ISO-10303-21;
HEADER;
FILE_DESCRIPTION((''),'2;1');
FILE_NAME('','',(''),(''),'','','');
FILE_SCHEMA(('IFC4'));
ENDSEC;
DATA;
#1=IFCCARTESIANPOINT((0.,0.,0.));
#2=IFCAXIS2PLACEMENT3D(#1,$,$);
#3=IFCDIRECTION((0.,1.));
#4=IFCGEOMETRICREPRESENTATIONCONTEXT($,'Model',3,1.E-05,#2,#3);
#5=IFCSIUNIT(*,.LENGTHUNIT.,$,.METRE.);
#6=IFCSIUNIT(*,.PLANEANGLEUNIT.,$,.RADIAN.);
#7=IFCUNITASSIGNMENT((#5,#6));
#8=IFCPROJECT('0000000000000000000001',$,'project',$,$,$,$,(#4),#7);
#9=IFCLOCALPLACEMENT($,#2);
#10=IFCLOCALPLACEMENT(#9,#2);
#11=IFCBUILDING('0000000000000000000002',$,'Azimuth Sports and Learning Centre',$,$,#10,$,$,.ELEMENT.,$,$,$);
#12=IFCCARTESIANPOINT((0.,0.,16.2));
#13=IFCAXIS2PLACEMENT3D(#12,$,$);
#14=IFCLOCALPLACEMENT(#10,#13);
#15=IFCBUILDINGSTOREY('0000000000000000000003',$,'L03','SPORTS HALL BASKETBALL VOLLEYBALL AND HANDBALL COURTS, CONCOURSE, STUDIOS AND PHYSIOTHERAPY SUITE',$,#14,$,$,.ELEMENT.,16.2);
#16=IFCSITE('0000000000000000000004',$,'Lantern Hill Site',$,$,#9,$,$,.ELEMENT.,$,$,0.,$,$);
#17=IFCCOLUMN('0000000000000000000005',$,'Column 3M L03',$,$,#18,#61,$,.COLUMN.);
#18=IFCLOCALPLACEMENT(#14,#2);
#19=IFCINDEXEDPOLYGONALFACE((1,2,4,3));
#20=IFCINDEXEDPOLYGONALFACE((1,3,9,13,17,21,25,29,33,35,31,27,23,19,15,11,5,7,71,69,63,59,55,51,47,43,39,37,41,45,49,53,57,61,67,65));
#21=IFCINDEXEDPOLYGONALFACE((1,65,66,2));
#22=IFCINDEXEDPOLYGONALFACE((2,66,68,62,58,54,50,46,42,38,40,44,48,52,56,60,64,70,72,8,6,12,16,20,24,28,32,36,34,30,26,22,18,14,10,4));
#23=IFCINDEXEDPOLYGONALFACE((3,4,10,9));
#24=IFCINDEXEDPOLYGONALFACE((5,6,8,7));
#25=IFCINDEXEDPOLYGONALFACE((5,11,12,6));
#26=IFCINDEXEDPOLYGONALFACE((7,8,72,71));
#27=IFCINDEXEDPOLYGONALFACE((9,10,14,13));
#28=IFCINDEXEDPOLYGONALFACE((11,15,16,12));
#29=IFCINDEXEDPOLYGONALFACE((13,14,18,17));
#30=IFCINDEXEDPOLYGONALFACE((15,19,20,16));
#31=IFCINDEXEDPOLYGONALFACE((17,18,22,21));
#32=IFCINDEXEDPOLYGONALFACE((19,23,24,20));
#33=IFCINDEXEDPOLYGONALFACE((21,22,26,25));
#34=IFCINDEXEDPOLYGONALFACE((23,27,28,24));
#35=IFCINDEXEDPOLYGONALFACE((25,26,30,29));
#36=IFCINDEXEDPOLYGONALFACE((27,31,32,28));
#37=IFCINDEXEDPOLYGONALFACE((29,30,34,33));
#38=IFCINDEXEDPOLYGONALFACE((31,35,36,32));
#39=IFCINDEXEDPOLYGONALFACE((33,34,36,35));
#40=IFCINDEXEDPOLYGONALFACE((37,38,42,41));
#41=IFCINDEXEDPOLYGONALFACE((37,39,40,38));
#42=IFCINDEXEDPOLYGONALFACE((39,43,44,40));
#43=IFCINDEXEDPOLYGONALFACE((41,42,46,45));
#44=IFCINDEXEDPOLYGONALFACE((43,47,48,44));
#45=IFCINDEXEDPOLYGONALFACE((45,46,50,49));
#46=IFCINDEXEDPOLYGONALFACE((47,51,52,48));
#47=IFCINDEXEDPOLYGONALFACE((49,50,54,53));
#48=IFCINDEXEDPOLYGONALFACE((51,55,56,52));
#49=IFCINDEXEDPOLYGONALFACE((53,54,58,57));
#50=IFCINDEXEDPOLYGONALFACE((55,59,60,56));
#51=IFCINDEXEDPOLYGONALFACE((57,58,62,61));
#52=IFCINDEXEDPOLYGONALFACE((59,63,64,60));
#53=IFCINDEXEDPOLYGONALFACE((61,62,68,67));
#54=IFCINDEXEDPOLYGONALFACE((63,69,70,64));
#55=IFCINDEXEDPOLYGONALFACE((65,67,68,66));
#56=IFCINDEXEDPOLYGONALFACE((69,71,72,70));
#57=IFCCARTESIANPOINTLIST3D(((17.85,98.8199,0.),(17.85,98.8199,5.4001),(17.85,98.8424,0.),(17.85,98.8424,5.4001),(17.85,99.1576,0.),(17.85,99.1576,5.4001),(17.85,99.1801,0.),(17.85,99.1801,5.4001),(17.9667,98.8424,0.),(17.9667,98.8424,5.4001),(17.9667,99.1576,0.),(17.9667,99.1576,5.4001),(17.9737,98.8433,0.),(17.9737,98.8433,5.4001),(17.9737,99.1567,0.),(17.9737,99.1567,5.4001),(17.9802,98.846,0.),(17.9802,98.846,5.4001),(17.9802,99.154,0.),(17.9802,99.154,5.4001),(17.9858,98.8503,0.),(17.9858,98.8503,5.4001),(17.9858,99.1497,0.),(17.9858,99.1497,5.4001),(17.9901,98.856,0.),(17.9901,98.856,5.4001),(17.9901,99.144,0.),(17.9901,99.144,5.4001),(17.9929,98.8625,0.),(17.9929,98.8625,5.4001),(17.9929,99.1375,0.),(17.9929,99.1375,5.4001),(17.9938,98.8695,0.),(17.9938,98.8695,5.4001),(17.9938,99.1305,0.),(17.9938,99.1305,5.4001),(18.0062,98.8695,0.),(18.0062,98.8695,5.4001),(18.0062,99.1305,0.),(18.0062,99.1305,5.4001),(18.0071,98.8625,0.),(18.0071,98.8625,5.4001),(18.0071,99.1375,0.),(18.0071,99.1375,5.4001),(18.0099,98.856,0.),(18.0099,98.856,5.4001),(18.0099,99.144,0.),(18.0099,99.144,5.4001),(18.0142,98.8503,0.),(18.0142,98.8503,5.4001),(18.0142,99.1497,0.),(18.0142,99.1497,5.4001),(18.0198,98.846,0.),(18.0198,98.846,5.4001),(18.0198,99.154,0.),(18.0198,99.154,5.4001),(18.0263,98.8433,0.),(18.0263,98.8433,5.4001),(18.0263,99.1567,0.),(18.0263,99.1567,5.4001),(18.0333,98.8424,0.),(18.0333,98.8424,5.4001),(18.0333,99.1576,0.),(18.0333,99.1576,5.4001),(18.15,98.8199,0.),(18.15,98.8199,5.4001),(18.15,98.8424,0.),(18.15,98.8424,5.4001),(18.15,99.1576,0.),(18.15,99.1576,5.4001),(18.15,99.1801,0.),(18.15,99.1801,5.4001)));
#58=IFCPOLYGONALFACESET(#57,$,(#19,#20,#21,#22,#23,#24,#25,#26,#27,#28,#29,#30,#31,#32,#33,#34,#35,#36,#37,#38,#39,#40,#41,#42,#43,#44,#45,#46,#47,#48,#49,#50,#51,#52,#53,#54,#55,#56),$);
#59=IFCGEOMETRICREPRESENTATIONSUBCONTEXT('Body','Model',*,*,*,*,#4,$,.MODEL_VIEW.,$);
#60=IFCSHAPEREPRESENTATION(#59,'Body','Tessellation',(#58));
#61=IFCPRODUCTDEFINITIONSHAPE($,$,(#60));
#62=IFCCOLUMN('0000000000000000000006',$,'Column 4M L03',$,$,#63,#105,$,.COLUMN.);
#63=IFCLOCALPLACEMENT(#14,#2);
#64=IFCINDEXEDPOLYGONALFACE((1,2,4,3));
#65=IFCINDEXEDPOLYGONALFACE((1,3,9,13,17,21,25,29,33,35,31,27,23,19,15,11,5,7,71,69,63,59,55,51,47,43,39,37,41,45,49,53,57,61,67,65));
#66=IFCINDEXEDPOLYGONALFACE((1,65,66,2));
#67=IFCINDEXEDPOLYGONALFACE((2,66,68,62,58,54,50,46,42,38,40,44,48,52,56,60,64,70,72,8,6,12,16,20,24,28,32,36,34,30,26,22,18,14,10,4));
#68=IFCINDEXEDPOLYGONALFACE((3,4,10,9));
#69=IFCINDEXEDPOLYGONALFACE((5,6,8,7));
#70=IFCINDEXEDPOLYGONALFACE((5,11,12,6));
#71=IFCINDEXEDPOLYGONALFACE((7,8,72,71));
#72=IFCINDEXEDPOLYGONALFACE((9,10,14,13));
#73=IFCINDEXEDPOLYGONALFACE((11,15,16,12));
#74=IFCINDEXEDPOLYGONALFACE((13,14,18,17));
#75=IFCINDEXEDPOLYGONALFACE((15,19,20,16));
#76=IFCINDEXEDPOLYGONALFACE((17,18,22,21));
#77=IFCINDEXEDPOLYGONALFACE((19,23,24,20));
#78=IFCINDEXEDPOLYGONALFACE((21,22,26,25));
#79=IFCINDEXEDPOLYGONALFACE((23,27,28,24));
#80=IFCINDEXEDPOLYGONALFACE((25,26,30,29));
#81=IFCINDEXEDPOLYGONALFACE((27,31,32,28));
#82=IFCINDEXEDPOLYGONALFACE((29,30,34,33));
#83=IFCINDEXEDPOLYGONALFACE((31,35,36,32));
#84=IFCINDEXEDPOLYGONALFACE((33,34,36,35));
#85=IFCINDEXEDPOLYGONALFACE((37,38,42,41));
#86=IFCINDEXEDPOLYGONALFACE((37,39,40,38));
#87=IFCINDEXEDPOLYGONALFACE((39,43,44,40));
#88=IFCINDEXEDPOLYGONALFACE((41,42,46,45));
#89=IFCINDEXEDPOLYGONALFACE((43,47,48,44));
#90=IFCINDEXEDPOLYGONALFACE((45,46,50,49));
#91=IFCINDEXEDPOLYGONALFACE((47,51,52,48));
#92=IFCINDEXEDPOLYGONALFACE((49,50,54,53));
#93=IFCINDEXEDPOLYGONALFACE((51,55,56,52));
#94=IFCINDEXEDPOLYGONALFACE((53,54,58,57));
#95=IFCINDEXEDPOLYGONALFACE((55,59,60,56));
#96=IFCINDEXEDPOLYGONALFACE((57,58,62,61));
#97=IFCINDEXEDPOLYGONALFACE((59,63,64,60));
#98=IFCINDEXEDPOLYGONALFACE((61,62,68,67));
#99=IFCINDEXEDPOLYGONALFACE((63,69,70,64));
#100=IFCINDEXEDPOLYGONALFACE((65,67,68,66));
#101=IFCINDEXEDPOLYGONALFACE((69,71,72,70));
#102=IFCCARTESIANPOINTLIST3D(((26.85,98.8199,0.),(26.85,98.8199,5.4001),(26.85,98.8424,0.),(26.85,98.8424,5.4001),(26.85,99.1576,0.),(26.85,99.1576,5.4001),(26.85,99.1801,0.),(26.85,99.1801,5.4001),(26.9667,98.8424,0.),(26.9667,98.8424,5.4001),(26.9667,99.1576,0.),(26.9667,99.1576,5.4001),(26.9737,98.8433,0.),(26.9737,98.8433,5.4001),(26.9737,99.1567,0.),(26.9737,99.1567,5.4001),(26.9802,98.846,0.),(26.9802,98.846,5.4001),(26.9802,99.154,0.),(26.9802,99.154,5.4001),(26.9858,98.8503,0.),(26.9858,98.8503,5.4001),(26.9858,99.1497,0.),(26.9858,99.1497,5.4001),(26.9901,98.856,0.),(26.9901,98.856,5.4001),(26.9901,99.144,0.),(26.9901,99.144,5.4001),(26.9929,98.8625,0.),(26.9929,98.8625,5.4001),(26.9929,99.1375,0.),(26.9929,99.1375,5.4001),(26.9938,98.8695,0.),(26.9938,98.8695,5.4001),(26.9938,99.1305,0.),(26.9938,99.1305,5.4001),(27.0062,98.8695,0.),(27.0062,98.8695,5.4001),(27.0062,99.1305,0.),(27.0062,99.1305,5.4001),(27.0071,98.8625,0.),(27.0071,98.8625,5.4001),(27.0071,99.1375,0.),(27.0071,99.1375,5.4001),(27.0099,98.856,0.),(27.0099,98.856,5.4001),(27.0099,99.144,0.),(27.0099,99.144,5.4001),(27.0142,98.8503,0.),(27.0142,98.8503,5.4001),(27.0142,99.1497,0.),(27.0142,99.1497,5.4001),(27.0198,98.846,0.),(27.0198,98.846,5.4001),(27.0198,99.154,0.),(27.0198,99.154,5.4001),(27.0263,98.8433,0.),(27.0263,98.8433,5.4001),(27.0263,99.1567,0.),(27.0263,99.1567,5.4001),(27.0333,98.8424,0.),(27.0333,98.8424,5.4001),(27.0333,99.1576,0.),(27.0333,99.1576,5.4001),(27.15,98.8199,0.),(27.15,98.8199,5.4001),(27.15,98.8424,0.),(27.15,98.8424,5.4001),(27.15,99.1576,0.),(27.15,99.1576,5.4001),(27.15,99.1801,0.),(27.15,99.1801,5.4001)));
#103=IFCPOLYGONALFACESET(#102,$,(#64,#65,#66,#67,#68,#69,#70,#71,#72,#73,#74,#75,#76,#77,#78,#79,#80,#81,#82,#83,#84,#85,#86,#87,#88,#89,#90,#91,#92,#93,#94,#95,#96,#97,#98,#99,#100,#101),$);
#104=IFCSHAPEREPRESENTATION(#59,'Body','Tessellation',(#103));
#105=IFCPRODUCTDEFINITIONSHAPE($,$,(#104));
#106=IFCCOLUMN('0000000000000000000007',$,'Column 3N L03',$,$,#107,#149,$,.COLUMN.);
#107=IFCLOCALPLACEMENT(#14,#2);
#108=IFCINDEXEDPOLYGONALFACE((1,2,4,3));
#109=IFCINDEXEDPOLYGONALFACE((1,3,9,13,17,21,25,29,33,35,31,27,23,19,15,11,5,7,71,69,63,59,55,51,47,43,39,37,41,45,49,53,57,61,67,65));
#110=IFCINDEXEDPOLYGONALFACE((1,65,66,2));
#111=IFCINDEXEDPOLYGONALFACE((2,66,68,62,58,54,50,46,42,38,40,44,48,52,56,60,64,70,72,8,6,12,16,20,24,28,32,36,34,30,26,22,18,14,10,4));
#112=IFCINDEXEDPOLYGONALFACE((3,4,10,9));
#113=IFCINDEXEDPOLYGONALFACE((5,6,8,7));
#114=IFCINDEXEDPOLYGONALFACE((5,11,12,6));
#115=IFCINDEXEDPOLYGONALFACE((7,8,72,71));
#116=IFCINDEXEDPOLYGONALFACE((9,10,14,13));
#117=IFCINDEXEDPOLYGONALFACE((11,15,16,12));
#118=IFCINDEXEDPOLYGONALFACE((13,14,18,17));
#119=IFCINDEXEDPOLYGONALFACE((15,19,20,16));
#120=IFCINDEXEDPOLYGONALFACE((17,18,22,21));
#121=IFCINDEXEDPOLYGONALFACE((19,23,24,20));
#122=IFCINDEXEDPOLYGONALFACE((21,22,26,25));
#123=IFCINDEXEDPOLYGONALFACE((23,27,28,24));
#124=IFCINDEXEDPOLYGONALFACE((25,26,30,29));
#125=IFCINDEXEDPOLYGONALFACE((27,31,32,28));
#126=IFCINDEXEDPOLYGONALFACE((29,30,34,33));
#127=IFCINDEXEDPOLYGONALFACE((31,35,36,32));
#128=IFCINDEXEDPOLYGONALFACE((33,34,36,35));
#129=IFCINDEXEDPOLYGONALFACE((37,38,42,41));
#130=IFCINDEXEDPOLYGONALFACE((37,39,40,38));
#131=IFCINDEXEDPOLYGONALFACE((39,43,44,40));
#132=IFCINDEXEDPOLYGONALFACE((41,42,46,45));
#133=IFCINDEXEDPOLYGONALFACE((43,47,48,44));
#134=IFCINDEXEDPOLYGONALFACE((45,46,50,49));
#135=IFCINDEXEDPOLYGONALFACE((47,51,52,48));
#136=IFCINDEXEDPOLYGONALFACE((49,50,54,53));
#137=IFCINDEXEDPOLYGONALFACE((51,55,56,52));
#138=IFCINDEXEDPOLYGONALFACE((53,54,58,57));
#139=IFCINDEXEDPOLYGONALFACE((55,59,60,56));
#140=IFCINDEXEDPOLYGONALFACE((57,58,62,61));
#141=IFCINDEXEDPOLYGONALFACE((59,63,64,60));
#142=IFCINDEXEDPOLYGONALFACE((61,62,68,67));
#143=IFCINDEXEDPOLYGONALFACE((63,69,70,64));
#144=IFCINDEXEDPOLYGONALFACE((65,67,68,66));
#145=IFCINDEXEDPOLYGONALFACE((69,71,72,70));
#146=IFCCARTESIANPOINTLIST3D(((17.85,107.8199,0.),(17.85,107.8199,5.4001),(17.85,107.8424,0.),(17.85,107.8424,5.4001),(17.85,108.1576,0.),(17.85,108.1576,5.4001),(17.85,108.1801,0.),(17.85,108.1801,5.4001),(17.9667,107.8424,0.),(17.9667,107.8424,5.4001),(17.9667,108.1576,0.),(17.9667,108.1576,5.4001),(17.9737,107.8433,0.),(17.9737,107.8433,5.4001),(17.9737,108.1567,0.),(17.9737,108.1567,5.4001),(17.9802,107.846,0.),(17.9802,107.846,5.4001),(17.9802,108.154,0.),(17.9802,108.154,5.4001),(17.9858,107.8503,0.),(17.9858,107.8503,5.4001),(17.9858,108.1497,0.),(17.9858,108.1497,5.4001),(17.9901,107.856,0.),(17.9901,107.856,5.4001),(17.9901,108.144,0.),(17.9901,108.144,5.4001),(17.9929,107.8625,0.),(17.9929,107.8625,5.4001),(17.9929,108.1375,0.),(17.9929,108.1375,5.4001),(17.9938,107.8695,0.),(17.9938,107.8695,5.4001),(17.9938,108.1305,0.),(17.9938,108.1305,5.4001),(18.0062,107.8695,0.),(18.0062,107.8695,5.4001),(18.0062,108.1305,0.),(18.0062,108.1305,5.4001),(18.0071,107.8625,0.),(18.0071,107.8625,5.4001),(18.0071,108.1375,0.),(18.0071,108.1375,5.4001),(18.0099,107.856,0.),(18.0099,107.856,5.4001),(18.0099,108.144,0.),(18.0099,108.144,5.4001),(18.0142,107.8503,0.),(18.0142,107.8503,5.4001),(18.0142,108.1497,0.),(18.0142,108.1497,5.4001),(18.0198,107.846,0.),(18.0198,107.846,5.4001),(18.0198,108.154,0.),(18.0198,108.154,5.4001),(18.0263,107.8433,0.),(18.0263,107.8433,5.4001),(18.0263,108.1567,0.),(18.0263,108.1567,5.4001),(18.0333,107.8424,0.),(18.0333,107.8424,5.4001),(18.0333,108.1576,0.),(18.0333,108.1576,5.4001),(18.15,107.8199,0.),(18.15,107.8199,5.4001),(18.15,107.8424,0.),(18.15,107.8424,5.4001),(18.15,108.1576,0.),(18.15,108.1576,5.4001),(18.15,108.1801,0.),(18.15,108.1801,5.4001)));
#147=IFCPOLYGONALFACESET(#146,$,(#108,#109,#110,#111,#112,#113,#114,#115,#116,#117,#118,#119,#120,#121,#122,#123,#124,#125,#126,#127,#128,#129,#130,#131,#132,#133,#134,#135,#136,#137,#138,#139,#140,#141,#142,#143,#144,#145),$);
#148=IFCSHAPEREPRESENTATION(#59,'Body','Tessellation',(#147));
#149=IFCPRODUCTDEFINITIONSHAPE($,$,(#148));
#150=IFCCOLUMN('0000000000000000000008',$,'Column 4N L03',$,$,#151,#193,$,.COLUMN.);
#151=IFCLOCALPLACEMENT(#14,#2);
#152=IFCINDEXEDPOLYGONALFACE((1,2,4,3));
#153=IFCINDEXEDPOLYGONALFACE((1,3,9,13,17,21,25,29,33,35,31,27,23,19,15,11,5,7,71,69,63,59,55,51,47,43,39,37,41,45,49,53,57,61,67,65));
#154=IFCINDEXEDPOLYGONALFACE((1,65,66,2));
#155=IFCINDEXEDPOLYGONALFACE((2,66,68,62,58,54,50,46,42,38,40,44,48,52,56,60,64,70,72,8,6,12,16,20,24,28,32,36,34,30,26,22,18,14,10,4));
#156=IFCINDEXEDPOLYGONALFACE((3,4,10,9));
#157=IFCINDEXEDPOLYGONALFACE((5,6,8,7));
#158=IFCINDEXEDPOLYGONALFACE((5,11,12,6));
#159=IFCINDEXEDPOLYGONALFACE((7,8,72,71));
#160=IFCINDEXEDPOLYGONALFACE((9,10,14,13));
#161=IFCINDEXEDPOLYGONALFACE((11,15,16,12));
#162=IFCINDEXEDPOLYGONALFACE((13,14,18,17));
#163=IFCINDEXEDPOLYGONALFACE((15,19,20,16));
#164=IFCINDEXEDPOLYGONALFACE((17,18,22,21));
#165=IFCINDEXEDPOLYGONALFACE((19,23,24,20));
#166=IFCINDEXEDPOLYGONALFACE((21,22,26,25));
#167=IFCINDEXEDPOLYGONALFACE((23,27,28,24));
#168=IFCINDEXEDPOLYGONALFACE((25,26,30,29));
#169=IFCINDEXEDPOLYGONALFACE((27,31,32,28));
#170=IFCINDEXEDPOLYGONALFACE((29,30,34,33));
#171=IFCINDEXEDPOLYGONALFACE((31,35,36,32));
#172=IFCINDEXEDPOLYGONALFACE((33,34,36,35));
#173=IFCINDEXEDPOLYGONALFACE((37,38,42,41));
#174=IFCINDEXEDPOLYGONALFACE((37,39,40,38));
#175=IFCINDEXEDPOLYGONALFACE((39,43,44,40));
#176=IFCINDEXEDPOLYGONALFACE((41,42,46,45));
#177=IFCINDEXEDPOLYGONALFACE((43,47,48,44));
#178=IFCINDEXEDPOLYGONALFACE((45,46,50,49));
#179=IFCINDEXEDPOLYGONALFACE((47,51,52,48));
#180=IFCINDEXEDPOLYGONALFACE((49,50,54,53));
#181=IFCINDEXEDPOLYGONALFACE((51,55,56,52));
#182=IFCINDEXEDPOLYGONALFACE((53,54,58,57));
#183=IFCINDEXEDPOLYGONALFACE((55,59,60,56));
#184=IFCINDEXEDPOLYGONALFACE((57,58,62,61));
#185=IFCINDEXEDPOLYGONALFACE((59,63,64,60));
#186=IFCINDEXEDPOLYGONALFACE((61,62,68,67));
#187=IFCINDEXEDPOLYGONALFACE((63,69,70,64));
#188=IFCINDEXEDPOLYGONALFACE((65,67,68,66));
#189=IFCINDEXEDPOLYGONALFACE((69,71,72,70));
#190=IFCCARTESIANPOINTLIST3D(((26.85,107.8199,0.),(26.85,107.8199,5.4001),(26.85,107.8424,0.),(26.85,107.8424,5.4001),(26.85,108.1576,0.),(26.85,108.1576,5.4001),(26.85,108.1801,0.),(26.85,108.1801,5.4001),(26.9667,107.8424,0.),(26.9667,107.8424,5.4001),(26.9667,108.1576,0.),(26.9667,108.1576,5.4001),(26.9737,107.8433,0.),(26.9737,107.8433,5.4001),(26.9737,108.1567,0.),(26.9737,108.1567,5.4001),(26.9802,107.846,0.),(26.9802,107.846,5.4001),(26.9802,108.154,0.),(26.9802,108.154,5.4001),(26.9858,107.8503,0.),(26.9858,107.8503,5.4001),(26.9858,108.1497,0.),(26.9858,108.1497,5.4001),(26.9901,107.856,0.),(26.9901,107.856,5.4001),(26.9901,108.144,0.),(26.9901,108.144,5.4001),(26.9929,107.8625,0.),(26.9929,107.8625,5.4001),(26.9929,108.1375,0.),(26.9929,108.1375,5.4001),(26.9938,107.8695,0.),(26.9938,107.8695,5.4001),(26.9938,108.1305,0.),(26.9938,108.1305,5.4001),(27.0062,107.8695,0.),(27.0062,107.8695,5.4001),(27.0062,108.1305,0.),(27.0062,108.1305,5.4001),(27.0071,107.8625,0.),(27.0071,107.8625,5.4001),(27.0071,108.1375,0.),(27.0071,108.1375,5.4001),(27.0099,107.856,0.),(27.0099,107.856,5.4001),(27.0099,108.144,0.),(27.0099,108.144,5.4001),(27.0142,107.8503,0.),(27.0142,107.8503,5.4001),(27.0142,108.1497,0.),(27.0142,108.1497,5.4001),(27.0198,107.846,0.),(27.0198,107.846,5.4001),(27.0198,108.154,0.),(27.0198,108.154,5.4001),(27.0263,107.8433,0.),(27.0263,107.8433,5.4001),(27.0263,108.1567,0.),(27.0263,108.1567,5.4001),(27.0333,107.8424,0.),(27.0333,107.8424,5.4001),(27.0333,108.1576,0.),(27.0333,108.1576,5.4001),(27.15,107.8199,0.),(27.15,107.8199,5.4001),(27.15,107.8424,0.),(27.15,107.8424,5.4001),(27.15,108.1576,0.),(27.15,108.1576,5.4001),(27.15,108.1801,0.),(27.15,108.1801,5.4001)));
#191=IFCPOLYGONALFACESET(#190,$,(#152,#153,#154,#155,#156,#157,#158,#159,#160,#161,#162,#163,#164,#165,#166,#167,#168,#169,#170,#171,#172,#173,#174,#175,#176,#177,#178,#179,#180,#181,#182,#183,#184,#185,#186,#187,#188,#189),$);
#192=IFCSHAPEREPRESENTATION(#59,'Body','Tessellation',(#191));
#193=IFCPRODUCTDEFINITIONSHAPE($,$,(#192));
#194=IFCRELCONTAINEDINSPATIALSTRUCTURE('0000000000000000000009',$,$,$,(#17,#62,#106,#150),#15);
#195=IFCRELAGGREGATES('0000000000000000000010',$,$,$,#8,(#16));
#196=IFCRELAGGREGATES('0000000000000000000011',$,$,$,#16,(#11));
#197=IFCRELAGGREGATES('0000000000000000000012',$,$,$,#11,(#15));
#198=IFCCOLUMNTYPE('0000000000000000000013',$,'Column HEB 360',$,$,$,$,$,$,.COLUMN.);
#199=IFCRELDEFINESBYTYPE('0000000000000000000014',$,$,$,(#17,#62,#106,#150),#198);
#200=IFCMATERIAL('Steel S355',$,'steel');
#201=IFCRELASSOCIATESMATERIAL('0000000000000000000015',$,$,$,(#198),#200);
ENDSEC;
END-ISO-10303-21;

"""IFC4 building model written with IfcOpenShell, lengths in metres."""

from ifc_helpers import new_model, si_unit, direction, frame, origin, origin_2d, place, context, subcontext, project, spatial, i_section, extrude, material, material_profile, profile_set, type_object, element, save


model = new_model("IFC4")

# Units and contexts
model_context = context("Model", 3, precision=1e-05, world=origin(), true_north=direction((0.0, 1.0)))
body_context = subcontext(model_context, "Body", "Model", "MODEL_VIEW")
ifc_project = project(units=[si_unit("LENGTHUNIT", "METRE"), si_unit("PLANEANGLEUNIT", "RADIAN")], contexts=[model_context])

# Site, building, storey
site_placement = place(None, origin())
site = spatial("IfcSite", under=ifc_project, at=site_placement, Name="Lantern Hill Site", CompositionType="ELEMENT", RefElevation=0.0)
building_placement = place(site_placement, origin())
building = spatial("IfcBuilding", under=site, at=building_placement, Name="Azimuth Sports and Learning Centre", CompositionType="ELEMENT")
storey_placement = place(building_placement, frame((0.0, 0.0, 16.2)))
storey = spatial("IfcBuildingStorey", under=building, at=storey_placement, Name="L03", Description="SPORTS HALL BASKETBALL VOLLEYBALL AND HANDBALL COURTS, CONCOURSE, STUDIOS AND PHYSIOTHERAPY SUITE", CompositionType="ELEMENT", Elevation=16.2)

# Columns
ifc_material_1 = material(Name="Steel S355", Category="steel")
ifc_material_profile_1 = material_profile(ifc_material_1, i_section(OverallWidth=0.3, OverallDepth=0.3601, WebThickness=0.0125, FlangeThickness=0.0225, FilletRadius=0.0271, at=origin_2d()), Name="HEB 360")
ifc_profile_set_1 = profile_set([ifc_material_profile_1], Name="Steel S355")
column_type = type_object("IfcColumnType", Name="Column HEB 360", PredefinedType="COLUMN", material=ifc_profile_set_1)
for number, where, z_axis, x_axis, name in (
    (1, (18.0, 99.0, 0.0), (0.0, 0.0, 1.0), (1.0, 0.0, 0.0), "Column 3M L03"),
    (2, (27.0, 99.0, 0.0), (0.0, 0.0, 1.0), (1.0, 0.0, 0.0), "Column 4M L03"),
    (3, (18.0, 108.0, 0.0), (0.0, 0.0, 1.0), (1.0, 0.0, 0.0), "Column 3N L03"),
    (4, (27.0, 108.0, 0.0), (0.0, 0.0, 1.0), (1.0, 0.0, 0.0), "Column 4N L03"),
):
    element("IfcColumn", number, at=place(storey_placement, frame(where, z_axis=z_axis, x_axis=x_axis)), inside=storey, type_object=column_type, Name=name, PredefinedType="COLUMN", context=body_context, shape_type="SweptSolid", body=[
        extrude(i_section(OverallWidth=0.3, OverallDepth=0.3601, WebThickness=0.0125, FlangeThickness=0.0225, FilletRadius=0.0271, at=origin_2d()), origin(), (0.0, 0.0, 1.0), 5.4001),
    ])

save(model, "model.ifc")
